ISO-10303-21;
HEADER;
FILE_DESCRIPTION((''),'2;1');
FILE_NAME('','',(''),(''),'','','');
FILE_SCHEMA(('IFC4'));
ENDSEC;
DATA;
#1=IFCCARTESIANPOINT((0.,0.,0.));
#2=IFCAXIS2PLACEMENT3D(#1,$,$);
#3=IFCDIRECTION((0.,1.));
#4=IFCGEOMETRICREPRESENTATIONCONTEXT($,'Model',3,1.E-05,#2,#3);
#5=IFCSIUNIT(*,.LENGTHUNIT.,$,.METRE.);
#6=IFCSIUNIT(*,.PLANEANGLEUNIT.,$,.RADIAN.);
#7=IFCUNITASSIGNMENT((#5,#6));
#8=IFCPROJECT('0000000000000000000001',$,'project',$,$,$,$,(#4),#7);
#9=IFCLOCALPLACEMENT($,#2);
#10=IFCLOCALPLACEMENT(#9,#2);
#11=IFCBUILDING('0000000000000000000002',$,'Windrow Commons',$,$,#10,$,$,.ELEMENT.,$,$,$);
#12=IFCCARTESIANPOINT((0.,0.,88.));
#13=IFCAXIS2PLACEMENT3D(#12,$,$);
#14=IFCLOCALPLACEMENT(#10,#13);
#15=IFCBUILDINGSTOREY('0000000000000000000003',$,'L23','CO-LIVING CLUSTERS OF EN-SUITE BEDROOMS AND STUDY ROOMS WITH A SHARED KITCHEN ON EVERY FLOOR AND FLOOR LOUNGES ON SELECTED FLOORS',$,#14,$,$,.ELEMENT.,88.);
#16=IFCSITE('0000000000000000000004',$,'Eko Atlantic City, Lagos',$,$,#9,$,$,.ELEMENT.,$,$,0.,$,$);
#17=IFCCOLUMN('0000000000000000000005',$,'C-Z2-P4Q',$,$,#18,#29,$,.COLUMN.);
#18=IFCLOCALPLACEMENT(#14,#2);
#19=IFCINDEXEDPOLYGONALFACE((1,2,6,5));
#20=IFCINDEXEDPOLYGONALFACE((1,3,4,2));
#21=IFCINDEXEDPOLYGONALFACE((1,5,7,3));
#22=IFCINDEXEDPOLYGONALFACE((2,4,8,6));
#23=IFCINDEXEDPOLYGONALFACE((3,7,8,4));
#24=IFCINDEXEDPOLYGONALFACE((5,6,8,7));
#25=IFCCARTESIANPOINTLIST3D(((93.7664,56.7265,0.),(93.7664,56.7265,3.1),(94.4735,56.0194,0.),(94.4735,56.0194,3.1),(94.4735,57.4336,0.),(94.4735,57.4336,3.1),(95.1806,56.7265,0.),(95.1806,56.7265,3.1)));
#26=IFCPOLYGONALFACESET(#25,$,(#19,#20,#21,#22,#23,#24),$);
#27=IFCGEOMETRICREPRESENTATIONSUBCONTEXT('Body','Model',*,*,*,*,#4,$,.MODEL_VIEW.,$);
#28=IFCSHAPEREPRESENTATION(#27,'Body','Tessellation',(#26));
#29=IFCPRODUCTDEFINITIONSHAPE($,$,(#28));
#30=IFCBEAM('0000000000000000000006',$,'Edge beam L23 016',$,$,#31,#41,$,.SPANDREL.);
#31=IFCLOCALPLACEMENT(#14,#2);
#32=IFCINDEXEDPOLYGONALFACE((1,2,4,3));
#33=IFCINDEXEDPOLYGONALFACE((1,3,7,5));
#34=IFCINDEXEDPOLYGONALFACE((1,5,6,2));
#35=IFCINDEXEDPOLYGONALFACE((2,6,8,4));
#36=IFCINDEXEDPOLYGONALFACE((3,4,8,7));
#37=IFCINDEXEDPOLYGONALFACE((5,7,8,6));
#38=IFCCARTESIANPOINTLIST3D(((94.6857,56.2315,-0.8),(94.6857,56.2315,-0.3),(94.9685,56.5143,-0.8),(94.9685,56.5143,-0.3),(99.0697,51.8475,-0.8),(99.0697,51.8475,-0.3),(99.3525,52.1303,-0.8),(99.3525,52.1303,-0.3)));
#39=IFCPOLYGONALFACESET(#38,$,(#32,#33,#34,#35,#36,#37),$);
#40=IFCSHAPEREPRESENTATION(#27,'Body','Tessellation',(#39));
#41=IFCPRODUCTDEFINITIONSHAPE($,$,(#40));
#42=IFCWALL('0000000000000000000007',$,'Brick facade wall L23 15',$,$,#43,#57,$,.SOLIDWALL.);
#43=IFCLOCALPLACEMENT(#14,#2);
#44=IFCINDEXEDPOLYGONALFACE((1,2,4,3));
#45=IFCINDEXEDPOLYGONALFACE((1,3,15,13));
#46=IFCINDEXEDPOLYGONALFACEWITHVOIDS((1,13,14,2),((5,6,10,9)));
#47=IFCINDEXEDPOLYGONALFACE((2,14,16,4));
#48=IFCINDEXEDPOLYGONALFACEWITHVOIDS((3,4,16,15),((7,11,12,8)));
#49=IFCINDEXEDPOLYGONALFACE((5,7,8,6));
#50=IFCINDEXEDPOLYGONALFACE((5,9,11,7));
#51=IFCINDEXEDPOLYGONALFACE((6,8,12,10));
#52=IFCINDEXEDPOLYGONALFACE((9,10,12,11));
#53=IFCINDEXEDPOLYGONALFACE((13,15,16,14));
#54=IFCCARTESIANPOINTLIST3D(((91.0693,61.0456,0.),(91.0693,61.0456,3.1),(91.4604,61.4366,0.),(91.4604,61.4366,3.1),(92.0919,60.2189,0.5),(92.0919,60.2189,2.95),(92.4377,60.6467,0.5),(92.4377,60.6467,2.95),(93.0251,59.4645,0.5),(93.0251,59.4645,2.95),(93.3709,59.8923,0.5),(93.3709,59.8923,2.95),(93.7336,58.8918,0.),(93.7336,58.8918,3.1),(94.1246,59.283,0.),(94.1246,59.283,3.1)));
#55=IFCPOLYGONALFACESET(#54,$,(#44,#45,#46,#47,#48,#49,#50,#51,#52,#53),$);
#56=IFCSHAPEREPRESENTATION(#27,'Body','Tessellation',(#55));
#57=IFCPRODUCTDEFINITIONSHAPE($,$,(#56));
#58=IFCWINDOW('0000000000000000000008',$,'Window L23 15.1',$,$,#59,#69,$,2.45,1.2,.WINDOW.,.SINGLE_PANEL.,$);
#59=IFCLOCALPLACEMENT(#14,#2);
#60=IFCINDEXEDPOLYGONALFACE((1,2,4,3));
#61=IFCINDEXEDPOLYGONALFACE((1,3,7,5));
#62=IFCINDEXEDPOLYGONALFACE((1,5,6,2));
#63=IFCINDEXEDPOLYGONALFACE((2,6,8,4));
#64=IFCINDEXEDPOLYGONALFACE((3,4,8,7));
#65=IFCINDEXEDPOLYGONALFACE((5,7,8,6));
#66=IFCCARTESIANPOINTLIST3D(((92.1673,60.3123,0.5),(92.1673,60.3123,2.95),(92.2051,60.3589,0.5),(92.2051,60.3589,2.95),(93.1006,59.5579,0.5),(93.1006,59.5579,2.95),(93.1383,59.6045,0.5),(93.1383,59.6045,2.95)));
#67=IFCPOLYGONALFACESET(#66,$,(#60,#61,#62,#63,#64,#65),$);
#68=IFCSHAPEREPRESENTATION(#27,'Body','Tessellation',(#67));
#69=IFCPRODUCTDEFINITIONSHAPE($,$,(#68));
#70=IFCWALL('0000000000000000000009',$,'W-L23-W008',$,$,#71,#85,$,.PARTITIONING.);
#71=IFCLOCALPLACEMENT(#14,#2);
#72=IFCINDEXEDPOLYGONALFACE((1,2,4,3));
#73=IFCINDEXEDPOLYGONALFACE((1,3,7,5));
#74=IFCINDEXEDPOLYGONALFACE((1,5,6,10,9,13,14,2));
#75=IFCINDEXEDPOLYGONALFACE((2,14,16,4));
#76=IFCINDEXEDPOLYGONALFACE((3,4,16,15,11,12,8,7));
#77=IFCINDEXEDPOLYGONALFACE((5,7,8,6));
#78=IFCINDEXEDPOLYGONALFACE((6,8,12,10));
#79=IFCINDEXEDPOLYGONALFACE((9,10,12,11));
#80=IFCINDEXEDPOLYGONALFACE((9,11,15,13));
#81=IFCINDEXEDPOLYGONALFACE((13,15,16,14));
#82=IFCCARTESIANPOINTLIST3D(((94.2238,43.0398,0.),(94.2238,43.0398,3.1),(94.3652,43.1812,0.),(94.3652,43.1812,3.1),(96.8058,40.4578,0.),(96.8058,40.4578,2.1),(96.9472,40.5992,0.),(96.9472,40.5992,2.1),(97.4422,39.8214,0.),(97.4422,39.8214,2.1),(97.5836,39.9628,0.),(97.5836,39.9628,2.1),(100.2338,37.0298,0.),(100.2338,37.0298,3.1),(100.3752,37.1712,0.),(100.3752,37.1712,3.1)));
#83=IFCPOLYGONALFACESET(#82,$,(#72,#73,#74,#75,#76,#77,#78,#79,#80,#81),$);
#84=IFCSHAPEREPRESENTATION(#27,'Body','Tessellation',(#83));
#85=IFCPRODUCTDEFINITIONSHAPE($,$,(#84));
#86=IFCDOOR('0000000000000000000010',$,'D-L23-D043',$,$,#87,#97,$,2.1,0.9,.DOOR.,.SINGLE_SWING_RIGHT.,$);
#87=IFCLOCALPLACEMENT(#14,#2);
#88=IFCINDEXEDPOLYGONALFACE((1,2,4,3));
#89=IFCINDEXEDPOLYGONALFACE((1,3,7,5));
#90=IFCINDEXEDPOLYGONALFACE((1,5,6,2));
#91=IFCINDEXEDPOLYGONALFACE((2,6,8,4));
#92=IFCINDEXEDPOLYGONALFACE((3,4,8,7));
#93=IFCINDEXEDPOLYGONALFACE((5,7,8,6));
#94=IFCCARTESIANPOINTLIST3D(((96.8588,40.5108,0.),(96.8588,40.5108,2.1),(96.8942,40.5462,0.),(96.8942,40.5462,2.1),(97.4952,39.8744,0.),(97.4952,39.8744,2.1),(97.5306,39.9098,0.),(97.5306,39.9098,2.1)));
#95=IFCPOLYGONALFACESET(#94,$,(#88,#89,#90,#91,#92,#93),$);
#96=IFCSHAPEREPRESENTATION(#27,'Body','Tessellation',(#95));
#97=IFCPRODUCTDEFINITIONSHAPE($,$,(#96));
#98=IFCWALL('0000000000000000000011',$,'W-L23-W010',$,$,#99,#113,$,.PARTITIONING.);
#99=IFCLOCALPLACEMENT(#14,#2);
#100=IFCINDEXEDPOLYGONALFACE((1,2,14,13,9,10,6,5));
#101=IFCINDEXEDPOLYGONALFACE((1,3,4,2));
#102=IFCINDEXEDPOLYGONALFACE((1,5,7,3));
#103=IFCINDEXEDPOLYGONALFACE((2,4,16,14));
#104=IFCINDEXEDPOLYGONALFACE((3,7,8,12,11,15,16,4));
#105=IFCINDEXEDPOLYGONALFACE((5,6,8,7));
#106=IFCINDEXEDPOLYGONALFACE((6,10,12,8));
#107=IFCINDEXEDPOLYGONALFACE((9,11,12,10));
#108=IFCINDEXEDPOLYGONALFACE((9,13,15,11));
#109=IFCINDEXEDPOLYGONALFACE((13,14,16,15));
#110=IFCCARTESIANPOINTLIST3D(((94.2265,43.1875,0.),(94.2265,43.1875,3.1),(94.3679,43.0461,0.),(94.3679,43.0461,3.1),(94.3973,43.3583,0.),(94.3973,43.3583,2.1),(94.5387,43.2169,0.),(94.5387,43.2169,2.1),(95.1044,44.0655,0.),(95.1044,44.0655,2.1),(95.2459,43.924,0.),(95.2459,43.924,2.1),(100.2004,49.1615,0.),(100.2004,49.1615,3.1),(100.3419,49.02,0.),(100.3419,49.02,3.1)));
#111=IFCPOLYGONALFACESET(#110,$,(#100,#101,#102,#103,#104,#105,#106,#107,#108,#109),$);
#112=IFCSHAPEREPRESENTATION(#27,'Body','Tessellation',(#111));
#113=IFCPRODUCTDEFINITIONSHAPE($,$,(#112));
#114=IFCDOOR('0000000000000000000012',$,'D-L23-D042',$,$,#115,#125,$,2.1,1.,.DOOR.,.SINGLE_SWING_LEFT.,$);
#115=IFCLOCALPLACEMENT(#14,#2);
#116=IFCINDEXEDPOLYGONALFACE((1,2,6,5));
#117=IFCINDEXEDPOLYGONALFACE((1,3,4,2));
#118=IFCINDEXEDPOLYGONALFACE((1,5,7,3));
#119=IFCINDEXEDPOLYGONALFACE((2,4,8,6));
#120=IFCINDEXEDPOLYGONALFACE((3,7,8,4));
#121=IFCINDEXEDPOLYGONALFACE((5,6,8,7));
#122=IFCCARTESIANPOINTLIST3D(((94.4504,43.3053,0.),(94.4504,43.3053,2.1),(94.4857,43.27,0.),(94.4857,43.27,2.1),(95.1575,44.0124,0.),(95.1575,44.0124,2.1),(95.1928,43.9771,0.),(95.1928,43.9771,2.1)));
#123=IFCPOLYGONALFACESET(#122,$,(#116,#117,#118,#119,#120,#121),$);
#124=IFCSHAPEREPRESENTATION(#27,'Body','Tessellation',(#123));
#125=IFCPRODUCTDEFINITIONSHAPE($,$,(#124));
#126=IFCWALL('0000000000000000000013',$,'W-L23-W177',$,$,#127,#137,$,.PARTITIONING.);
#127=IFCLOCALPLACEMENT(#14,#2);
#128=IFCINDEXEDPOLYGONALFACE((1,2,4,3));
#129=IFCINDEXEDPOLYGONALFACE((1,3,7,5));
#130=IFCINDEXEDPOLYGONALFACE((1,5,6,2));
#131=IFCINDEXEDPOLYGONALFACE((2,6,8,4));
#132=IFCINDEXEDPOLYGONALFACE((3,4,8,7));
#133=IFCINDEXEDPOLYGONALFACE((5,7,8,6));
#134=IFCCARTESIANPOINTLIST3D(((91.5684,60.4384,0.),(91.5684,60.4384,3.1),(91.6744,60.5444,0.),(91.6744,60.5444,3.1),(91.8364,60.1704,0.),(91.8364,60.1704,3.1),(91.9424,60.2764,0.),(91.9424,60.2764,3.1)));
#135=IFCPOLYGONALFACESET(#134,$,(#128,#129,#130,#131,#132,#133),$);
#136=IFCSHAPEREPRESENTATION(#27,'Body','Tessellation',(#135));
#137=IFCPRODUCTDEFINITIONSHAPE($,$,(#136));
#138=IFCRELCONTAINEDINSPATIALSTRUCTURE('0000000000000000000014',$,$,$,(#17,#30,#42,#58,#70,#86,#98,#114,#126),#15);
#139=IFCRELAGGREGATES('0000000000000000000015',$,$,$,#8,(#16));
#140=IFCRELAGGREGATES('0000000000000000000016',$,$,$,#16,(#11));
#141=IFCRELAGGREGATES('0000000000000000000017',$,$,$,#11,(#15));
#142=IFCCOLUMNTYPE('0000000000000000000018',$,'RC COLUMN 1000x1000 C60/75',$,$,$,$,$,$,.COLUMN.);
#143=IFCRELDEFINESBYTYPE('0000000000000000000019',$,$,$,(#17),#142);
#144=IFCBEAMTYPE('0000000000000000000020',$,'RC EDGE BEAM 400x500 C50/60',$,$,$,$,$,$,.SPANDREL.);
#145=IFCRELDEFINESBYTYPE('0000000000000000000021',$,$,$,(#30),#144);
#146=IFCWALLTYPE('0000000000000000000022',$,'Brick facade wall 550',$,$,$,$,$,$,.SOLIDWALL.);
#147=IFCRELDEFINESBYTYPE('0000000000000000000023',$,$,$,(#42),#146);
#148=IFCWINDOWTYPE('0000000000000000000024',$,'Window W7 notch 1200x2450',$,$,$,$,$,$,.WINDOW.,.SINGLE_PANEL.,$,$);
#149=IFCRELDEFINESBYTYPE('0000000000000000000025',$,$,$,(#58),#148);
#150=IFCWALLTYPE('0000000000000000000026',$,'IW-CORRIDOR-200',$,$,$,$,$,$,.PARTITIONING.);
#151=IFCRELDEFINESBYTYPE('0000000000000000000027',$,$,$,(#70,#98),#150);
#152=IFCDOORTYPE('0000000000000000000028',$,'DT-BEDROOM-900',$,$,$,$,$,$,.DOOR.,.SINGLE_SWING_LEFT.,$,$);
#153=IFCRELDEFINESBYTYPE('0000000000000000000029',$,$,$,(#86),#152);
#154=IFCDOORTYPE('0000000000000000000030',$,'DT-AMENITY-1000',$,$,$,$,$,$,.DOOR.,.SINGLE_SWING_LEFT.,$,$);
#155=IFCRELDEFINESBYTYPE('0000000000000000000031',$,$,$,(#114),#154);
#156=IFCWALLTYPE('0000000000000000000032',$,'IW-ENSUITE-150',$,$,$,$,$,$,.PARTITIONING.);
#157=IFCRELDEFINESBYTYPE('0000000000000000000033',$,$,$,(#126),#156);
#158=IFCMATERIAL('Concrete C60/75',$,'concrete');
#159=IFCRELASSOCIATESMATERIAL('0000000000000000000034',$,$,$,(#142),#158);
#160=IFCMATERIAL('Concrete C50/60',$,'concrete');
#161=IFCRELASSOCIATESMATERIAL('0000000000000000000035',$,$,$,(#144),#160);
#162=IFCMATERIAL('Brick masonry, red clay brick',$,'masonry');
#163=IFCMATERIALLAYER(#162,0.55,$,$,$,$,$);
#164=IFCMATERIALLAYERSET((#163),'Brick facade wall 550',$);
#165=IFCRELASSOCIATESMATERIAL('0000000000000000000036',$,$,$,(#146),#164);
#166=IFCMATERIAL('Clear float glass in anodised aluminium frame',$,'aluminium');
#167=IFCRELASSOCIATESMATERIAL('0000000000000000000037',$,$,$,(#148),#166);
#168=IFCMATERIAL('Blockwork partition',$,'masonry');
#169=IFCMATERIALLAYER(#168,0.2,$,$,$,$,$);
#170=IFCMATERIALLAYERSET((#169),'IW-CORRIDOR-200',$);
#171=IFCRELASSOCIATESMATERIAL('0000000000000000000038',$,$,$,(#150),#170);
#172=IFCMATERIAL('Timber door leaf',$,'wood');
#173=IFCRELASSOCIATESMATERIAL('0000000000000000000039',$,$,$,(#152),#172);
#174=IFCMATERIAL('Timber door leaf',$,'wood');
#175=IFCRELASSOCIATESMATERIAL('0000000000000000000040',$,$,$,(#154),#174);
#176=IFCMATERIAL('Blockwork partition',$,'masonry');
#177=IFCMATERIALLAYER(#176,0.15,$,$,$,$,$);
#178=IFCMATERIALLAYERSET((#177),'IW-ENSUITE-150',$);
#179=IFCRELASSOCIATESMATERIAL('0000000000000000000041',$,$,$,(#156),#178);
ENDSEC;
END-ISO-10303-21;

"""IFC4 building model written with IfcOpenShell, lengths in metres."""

from ifc_helpers import new_model, si_unit, direction, frame, frame_2d, origin, origin_2d, place, context, subcontext, project, spatial, polyline, rectangle, outline, extrude, material, layer, layer_set, material_profile, profile_set, type_object, element, fill, save


model = new_model("IFC4")

# Units and contexts
model_context = context("Model", 3, precision=1e-05, world=origin(), true_north=direction((0.0, 1.0)))
body_context = subcontext(model_context, "Body", "Model", "MODEL_VIEW")
ifc_project = project(units=[si_unit("LENGTHUNIT", "METRE"), si_unit("PLANEANGLEUNIT", "RADIAN")], contexts=[model_context])

# Site, building, storey
site_placement = place(None, origin())
site = spatial("IfcSite", under=ifc_project, at=site_placement, Name="Eko Atlantic City, Lagos", CompositionType="ELEMENT", RefElevation=0.0)
building_placement = place(site_placement, origin())
building = spatial("IfcBuilding", under=site, at=building_placement, Name="Windrow Commons", CompositionType="ELEMENT")
storey_placement = place(building_placement, frame((0.0, 0.0, 88.0)))
storey = spatial("IfcBuildingStorey", under=building, at=storey_placement, Name="L23", Description="CO-LIVING CLUSTERS OF EN-SUITE BEDROOMS AND STUDY ROOMS WITH A SHARED KITCHEN ON EVERY FLOOR AND FLOOR LOUNGES ON SELECTED FLOORS", CompositionType="ELEMENT", Elevation=88.0)

# Column
ifc_material_1 = material(Name="Concrete C60/75", Category="concrete")
ifc_material_profile_1 = material_profile(ifc_material_1, rectangle(XDim=1.0, YDim=1.0, at=origin_2d()))
ifc_profile_set_1 = profile_set([ifc_material_profile_1], Name="Concrete C60/75")
column_type = type_object("IfcColumnType", Name="RC COLUMN 1000x1000 C60/75", PredefinedType="COLUMN", material=ifc_profile_set_1)
column_placement = place(storey_placement, frame((94.4735, 56.7265, 0.0), z_axis=(0.0, 0.0, 1.0), x_axis=(0.707107, -0.707107, 0.0)))
element("IfcColumn", 1, at=column_placement, inside=storey, type_object=column_type, Name="C-Z2-P4Q", PredefinedType="COLUMN", context=body_context, shape_type="SweptSolid", body=[
    extrude(rectangle(XDim=1.0, YDim=1.0, at=origin_2d()), origin(), (0.0, 0.0, 1.0), 3.1),
])

# Beam
ifc_material_2 = material(Name="Concrete C50/60", Category="concrete")
ifc_material_profile_2 = material_profile(ifc_material_2, rectangle(XDim=0.4, YDim=0.5, at=origin_2d()))
ifc_profile_set_2 = profile_set([ifc_material_profile_2], Name="Concrete C50/60")
beam_type = type_object("IfcBeamType", Name="RC EDGE BEAM 400x500 C50/60", PredefinedType="SPANDREL", material=ifc_profile_set_2)
beam_placement = place(storey_placement, frame((94.8271, 56.3729, -0.55), z_axis=(0.707107, -0.707107, 0.0), x_axis=(0.707107, 0.707107, 0.0)))
element("IfcBeam", 2, at=beam_placement, inside=storey, type_object=beam_type, Name="Edge beam L23 016", PredefinedType="SPANDREL", context=body_context, shape_type="SweptSolid", body=[
    extrude(rectangle(XDim=0.4, YDim=0.5, at=origin_2d()), origin(), (0.0, 0.0, 1.0), 6.1999),
])

# Wall, opening, window
ifc_material_3 = material(Name="Brick masonry, red clay brick", Category="masonry")
ifc_layer_1 = layer(ifc_material_3, 0.55)
ifc_layer_set_1 = layer_set([ifc_layer_1], Name="Brick facade wall 550")
wall_type_1 = type_object("IfcWallType", Name="Brick facade wall 550", PredefinedType="SOLIDWALL", material=ifc_layer_set_1)
wall_1_placement = place(storey_placement, frame((93.9291, 59.0874, 0.0), z_axis=(0.0, 0.0, 1.0), x_axis=(-0.777678, 0.628663, 0.0)))
wall_1 = element("IfcWall", 3, at=wall_1_placement, inside=storey, type_object=wall_type_1, Name="Brick facade wall L23 15", PredefinedType="SOLIDWALL", context=body_context, shape_type="SweptSolid", body=[
    extrude(outline(polyline([(-0.0291, -0.275), (3.3967, -0.275), (3.455, 0.275), (0.0291, 0.275), (-0.0291, -0.275)])), origin(), (0.0, 0.0, 1.0), 3.1),
])
opening_1_placement = place(wall_1_placement, frame((0.9401, 0.0, 0.5)))
opening_1 = element("IfcOpeningElement", 4, at=opening_1_placement, cuts=wall_1, PredefinedType="OPENING", context=body_context, shape_type="SweptSolid", body=[
    extrude(rectangle(XDim=1.2, YDim=2.45, at=frame_2d((0.6, 1.225))), frame((0.0, 0.285, 0.0), z_axis=(0.0, -1.0, 0.0), x_axis=(1.0, 0.0, 0.0)), (0.0, 0.0, 1.0), 0.57),
])
ifc_material_4 = material(Name="Clear float glass in anodised aluminium frame", Category="aluminium")
window_type = type_object("IfcWindowType", Name="Window W7 notch 1200x2450", PartitioningType="SINGLE_PANEL", PredefinedType="WINDOW", material=ifc_material_4)
window_placement = place(opening_1_placement, origin())
window = element("IfcWindow", 5, at=window_placement, inside=storey, type_object=window_type, Name="Window L23 15.1", OverallHeight=2.45, OverallWidth=1.2, PartitioningType="SINGLE_PANEL", PredefinedType="WINDOW", context=body_context, shape_type="SweptSolid", body=[
    extrude(rectangle(XDim=1.2, YDim=2.45, at=frame_2d((0.6, 1.225))), frame((0.0, 0.155, 0.0), z_axis=(0.0, -1.0, 0.0), x_axis=(1.0, 0.0, 0.0)), (0.0, 0.0, 1.0), 0.06),
])
fill(opening_1, window)

# Walls, openings, doors
ifc_material_5 = material(Name="Blockwork partition", Category="masonry")
ifc_layer_2 = layer(ifc_material_5, 0.2)
ifc_layer_set_2 = layer_set([ifc_layer_2], Name="IW-CORRIDOR-200")
wall_type_2 = type_object("IfcWallType", Name="IW-CORRIDOR-200", PredefinedType="PARTITIONING", material=ifc_layer_set_2)
wall_2_placement = place(storey_placement, frame((94.2945, 43.1105, 0.0), z_axis=(0.0, 0.0, 1.0), x_axis=(0.707107, -0.707107, 0.0)))
wall_2 = element("IfcWall", 6, at=wall_2_placement, inside=storey, type_object=wall_type_2, Name="W-L23-W008", PredefinedType="PARTITIONING", context=body_context, shape_type="SweptSolid", body=[
    extrude(rectangle(XDim=8.4994, YDim=0.2, at=frame_2d((4.2497, 0.0))), origin(), (0.0, 0.0, 1.0), 3.1),
])
opening_2_placement = place(wall_2_placement, frame((3.6515, 0.0, 0.0)))
opening_2 = element("IfcOpeningElement", 7, at=opening_2_placement, cuts=wall_2, PredefinedType="OPENING", context=body_context, shape_type="SweptSolid", body=[
    extrude(rectangle(XDim=0.9, YDim=2.1, at=frame_2d((0.45, 1.05))), frame((0.0, 0.11, 0.0), z_axis=(0.0, -1.0, 0.0), x_axis=(1.0, 0.0, 0.0)), (0.0, 0.0, 1.0), 0.22),
])
ifc_material_6 = material(Name="Timber door leaf", Category="wood")
door_type_1 = type_object("IfcDoorType", Name="DT-BEDROOM-900", OperationType="SINGLE_SWING_LEFT", PredefinedType="DOOR", material=ifc_material_6)
door_1_placement = place(opening_2_placement, origin())
door_1 = element("IfcDoor", 8, at=door_1_placement, inside=storey, type_object=door_type_1, Name="D-L23-D043", OperationType="SINGLE_SWING_RIGHT", OverallHeight=2.1, OverallWidth=0.9, PredefinedType="DOOR", context=body_context, shape_type="SweptSolid", body=[
    extrude(rectangle(XDim=0.9, YDim=2.1, at=frame_2d((0.45, 1.05))), frame((0.0, 0.025, 0.0), z_axis=(0.0, -1.0, 0.0), x_axis=(1.0, 0.0, 0.0)), (0.0, 0.0, 1.0), 0.05),
])
fill(opening_2, door_1)
wall_3_placement = place(storey_placement, frame((94.2972, 43.1168, 0.0), z_axis=(0.0, 0.0, 1.0), x_axis=(0.707107, 0.707107, 0.0)))
wall_3 = element("IfcWall", 9, at=wall_3_placement, inside=storey, type_object=wall_type_2, Name="W-L23-W010", PredefinedType="PARTITIONING", context=body_context, shape_type="SweptSolid", body=[
    extrude(rectangle(XDim=8.4485, YDim=0.2, at=frame_2d((4.2242, 0.0))), origin(), (0.0, 0.0, 1.0), 3.1),
])
opening_3_placement = place(wall_3_placement, frame((0.2416, 0.0, 0.0)))
opening_3 = element("IfcOpeningElement", 10, at=opening_3_placement, cuts=wall_3, PredefinedType="OPENING", context=body_context, shape_type="SweptSolid", body=[
    extrude(rectangle(XDim=1.0, YDim=2.1, at=frame_2d((0.5, 1.05))), frame((0.0, 0.11, 0.0), z_axis=(0.0, -1.0, 0.0), x_axis=(1.0, 0.0, 0.0)), (0.0, 0.0, 1.0), 0.22),
])
ifc_material_7 = material(Name="Timber door leaf", Category="wood")
door_type_2 = type_object("IfcDoorType", Name="DT-AMENITY-1000", OperationType="SINGLE_SWING_LEFT", PredefinedType="DOOR", material=ifc_material_7)
door_2_placement = place(opening_3_placement, origin())
door_2 = element("IfcDoor", 11, at=door_2_placement, inside=storey, type_object=door_type_2, Name="D-L23-D042", OperationType="SINGLE_SWING_LEFT", OverallHeight=2.1, OverallWidth=1.0, PredefinedType="DOOR", context=body_context, shape_type="SweptSolid", body=[
    extrude(rectangle(XDim=1.0, YDim=2.1, at=frame_2d((0.5, 1.05))), frame((0.0, 0.025, 0.0), z_axis=(0.0, -1.0, 0.0), x_axis=(1.0, 0.0, 0.0)), (0.0, 0.0, 1.0), 0.05),
])
fill(opening_3, door_2)

# Wall
ifc_material_8 = material(Name="Blockwork partition", Category="masonry")
ifc_layer_3 = layer(ifc_material_8, 0.15)
ifc_layer_set_3 = layer_set([ifc_layer_3], Name="IW-ENSUITE-150")
wall_type_3 = type_object("IfcWallType", Name="IW-ENSUITE-150", PredefinedType="PARTITIONING", material=ifc_layer_set_3)
wall_4_placement = place(storey_placement, frame((91.6214, 60.4914, 0.0), z_axis=(0.0, 0.0, 1.0), x_axis=(0.707107, -0.707107, 0.0)))
element("IfcWall", 12, at=wall_4_placement, inside=storey, type_object=wall_type_3, Name="W-L23-W177", PredefinedType="PARTITIONING", context=body_context, shape_type="SweptSolid", body=[
    extrude(rectangle(XDim=0.379, YDim=0.15, at=frame_2d((0.1895, 0.0))), origin(), (0.0, 0.0, 1.0), 3.1),
])

save(model, "model.ifc")
